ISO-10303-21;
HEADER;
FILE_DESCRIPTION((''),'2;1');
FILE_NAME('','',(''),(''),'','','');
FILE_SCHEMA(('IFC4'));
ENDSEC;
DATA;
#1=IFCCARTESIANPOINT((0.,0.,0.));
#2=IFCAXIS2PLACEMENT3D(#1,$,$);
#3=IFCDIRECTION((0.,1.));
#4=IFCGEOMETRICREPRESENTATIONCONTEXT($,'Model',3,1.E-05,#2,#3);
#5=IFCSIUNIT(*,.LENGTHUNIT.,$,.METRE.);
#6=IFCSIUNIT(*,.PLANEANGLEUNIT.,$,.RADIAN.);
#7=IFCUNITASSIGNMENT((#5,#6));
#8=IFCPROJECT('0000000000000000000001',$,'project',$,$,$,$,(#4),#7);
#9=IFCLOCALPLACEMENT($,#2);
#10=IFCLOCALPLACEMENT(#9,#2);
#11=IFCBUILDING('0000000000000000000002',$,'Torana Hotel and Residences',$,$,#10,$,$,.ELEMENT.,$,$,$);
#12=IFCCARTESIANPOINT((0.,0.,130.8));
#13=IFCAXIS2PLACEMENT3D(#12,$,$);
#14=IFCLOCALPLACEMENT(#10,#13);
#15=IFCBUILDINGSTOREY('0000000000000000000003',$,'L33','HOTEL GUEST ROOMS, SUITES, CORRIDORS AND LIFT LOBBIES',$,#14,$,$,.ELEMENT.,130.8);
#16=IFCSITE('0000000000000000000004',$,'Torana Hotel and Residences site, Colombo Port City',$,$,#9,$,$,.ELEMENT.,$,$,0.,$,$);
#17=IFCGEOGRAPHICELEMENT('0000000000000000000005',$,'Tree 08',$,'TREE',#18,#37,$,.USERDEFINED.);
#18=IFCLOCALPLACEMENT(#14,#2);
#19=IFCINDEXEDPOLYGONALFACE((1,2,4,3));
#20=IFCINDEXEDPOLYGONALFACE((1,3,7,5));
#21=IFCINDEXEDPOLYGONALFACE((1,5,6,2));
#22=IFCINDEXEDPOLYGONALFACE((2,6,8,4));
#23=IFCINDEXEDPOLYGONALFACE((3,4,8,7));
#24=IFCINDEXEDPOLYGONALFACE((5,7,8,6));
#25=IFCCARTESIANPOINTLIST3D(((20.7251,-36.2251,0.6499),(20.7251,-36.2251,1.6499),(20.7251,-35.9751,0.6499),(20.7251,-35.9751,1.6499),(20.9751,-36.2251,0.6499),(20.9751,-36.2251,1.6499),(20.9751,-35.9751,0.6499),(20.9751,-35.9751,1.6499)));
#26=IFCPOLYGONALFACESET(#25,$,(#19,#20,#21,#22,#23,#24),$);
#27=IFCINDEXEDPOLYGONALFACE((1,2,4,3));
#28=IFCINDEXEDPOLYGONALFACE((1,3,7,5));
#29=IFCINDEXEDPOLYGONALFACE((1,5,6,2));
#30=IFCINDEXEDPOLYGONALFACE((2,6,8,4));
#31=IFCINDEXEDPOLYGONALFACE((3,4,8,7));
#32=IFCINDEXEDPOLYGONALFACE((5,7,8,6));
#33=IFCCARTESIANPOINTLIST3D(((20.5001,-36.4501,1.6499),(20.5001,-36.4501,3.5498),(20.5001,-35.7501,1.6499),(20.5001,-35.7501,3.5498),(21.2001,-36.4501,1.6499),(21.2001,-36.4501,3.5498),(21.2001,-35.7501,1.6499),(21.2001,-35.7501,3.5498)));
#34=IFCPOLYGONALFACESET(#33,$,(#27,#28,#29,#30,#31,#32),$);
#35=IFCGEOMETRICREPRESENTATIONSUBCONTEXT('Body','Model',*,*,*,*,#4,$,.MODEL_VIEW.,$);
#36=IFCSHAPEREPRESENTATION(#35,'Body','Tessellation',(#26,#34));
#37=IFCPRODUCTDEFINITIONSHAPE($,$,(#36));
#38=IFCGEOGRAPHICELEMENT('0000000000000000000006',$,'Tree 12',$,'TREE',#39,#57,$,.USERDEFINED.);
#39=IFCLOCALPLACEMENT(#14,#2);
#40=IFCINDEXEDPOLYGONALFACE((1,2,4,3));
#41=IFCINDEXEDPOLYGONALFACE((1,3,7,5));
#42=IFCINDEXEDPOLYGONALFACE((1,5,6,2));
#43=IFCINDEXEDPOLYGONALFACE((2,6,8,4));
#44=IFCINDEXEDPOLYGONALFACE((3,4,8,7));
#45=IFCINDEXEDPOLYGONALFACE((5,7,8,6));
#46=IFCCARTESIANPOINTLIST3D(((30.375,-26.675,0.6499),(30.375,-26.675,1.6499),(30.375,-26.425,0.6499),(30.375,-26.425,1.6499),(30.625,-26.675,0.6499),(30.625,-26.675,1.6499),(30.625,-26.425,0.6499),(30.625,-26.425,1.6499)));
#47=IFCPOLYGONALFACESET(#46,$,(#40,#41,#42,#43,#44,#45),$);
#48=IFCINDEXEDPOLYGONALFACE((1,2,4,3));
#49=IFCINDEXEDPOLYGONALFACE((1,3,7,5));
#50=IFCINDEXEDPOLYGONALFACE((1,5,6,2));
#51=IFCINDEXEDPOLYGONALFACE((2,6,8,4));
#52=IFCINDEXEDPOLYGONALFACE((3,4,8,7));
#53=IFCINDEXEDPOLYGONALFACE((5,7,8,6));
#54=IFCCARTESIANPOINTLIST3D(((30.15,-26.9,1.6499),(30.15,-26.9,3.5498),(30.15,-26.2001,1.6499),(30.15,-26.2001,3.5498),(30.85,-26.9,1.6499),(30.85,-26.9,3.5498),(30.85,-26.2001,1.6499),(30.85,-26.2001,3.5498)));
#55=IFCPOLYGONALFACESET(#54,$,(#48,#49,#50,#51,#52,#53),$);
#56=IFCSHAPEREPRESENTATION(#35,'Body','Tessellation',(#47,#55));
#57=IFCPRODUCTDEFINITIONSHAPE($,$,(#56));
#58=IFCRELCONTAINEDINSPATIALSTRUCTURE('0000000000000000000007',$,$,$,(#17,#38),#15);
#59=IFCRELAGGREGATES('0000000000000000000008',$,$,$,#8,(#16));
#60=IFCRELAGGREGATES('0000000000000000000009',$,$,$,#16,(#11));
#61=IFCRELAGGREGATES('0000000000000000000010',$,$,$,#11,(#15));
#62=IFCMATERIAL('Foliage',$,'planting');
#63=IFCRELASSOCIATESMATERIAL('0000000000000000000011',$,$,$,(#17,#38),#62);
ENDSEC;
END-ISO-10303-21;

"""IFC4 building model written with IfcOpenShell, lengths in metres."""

from ifc_helpers import new_model, si_unit, direction, frame, origin, origin_2d, place, context, subcontext, project, spatial, rectangle, extrude, material, element, save


model = new_model("IFC4")

# Units and contexts
model_context = context("Model", 3, precision=1e-05, world=origin(), true_north=direction((0.0, 1.0)))
body_context = subcontext(model_context, "Body", "Model", "MODEL_VIEW")
ifc_project = project(units=[si_unit("LENGTHUNIT", "METRE"), si_unit("PLANEANGLEUNIT", "RADIAN")], contexts=[model_context])

# Site, building, storey
site_placement = place(None, origin())
site = spatial("IfcSite", under=ifc_project, at=site_placement, Name="Torana Hotel and Residences site, Colombo Port City", CompositionType="ELEMENT", RefElevation=0.0)
building_placement = place(site_placement, origin())
building = spatial("IfcBuilding", under=site, at=building_placement, Name="Torana Hotel and Residences", CompositionType="ELEMENT")
storey_placement = place(building_placement, frame((0.0, 0.0, 130.8)))
storey = spatial("IfcBuildingStorey", under=building, at=storey_placement, Name="L33", Description="HOTEL GUEST ROOMS, SUITES, CORRIDORS AND LIFT LOBBIES", CompositionType="ELEMENT", Elevation=130.8)

# Geographic elements
ifc_material_1 = material(Name="Foliage", Category="planting")
for number, where, z_axis, x_axis, name in (
    (1, (20.8501, -36.1001, 0.6499), (0.0, 0.0, 1.0), (1.0, 0.0, 0.0), "Tree 08"),
    (2, (30.5, -26.55, 0.6499), (0.0, 0.0, 1.0), (1.0, 0.0, 0.0), "Tree 12"),
):
    element("IfcGeographicElement", number, at=place(storey_placement, frame(where, z_axis=z_axis, x_axis=x_axis)), inside=storey, material=ifc_material_1, Name=name, ObjectType="TREE", PredefinedType="USERDEFINED", context=body_context, shape_type="SweptSolid", body=[
        extrude(rectangle(XDim=0.25, YDim=0.25, at=origin_2d()), origin(), (0.0, 0.0, 1.0), 1.0),
        extrude(rectangle(XDim=0.7, YDim=0.7, at=origin_2d()), frame((0.0, 0.0, 1.0)), (0.0, 0.0, 1.0), 1.8999),
    ])

save(model, "model.ifc")
